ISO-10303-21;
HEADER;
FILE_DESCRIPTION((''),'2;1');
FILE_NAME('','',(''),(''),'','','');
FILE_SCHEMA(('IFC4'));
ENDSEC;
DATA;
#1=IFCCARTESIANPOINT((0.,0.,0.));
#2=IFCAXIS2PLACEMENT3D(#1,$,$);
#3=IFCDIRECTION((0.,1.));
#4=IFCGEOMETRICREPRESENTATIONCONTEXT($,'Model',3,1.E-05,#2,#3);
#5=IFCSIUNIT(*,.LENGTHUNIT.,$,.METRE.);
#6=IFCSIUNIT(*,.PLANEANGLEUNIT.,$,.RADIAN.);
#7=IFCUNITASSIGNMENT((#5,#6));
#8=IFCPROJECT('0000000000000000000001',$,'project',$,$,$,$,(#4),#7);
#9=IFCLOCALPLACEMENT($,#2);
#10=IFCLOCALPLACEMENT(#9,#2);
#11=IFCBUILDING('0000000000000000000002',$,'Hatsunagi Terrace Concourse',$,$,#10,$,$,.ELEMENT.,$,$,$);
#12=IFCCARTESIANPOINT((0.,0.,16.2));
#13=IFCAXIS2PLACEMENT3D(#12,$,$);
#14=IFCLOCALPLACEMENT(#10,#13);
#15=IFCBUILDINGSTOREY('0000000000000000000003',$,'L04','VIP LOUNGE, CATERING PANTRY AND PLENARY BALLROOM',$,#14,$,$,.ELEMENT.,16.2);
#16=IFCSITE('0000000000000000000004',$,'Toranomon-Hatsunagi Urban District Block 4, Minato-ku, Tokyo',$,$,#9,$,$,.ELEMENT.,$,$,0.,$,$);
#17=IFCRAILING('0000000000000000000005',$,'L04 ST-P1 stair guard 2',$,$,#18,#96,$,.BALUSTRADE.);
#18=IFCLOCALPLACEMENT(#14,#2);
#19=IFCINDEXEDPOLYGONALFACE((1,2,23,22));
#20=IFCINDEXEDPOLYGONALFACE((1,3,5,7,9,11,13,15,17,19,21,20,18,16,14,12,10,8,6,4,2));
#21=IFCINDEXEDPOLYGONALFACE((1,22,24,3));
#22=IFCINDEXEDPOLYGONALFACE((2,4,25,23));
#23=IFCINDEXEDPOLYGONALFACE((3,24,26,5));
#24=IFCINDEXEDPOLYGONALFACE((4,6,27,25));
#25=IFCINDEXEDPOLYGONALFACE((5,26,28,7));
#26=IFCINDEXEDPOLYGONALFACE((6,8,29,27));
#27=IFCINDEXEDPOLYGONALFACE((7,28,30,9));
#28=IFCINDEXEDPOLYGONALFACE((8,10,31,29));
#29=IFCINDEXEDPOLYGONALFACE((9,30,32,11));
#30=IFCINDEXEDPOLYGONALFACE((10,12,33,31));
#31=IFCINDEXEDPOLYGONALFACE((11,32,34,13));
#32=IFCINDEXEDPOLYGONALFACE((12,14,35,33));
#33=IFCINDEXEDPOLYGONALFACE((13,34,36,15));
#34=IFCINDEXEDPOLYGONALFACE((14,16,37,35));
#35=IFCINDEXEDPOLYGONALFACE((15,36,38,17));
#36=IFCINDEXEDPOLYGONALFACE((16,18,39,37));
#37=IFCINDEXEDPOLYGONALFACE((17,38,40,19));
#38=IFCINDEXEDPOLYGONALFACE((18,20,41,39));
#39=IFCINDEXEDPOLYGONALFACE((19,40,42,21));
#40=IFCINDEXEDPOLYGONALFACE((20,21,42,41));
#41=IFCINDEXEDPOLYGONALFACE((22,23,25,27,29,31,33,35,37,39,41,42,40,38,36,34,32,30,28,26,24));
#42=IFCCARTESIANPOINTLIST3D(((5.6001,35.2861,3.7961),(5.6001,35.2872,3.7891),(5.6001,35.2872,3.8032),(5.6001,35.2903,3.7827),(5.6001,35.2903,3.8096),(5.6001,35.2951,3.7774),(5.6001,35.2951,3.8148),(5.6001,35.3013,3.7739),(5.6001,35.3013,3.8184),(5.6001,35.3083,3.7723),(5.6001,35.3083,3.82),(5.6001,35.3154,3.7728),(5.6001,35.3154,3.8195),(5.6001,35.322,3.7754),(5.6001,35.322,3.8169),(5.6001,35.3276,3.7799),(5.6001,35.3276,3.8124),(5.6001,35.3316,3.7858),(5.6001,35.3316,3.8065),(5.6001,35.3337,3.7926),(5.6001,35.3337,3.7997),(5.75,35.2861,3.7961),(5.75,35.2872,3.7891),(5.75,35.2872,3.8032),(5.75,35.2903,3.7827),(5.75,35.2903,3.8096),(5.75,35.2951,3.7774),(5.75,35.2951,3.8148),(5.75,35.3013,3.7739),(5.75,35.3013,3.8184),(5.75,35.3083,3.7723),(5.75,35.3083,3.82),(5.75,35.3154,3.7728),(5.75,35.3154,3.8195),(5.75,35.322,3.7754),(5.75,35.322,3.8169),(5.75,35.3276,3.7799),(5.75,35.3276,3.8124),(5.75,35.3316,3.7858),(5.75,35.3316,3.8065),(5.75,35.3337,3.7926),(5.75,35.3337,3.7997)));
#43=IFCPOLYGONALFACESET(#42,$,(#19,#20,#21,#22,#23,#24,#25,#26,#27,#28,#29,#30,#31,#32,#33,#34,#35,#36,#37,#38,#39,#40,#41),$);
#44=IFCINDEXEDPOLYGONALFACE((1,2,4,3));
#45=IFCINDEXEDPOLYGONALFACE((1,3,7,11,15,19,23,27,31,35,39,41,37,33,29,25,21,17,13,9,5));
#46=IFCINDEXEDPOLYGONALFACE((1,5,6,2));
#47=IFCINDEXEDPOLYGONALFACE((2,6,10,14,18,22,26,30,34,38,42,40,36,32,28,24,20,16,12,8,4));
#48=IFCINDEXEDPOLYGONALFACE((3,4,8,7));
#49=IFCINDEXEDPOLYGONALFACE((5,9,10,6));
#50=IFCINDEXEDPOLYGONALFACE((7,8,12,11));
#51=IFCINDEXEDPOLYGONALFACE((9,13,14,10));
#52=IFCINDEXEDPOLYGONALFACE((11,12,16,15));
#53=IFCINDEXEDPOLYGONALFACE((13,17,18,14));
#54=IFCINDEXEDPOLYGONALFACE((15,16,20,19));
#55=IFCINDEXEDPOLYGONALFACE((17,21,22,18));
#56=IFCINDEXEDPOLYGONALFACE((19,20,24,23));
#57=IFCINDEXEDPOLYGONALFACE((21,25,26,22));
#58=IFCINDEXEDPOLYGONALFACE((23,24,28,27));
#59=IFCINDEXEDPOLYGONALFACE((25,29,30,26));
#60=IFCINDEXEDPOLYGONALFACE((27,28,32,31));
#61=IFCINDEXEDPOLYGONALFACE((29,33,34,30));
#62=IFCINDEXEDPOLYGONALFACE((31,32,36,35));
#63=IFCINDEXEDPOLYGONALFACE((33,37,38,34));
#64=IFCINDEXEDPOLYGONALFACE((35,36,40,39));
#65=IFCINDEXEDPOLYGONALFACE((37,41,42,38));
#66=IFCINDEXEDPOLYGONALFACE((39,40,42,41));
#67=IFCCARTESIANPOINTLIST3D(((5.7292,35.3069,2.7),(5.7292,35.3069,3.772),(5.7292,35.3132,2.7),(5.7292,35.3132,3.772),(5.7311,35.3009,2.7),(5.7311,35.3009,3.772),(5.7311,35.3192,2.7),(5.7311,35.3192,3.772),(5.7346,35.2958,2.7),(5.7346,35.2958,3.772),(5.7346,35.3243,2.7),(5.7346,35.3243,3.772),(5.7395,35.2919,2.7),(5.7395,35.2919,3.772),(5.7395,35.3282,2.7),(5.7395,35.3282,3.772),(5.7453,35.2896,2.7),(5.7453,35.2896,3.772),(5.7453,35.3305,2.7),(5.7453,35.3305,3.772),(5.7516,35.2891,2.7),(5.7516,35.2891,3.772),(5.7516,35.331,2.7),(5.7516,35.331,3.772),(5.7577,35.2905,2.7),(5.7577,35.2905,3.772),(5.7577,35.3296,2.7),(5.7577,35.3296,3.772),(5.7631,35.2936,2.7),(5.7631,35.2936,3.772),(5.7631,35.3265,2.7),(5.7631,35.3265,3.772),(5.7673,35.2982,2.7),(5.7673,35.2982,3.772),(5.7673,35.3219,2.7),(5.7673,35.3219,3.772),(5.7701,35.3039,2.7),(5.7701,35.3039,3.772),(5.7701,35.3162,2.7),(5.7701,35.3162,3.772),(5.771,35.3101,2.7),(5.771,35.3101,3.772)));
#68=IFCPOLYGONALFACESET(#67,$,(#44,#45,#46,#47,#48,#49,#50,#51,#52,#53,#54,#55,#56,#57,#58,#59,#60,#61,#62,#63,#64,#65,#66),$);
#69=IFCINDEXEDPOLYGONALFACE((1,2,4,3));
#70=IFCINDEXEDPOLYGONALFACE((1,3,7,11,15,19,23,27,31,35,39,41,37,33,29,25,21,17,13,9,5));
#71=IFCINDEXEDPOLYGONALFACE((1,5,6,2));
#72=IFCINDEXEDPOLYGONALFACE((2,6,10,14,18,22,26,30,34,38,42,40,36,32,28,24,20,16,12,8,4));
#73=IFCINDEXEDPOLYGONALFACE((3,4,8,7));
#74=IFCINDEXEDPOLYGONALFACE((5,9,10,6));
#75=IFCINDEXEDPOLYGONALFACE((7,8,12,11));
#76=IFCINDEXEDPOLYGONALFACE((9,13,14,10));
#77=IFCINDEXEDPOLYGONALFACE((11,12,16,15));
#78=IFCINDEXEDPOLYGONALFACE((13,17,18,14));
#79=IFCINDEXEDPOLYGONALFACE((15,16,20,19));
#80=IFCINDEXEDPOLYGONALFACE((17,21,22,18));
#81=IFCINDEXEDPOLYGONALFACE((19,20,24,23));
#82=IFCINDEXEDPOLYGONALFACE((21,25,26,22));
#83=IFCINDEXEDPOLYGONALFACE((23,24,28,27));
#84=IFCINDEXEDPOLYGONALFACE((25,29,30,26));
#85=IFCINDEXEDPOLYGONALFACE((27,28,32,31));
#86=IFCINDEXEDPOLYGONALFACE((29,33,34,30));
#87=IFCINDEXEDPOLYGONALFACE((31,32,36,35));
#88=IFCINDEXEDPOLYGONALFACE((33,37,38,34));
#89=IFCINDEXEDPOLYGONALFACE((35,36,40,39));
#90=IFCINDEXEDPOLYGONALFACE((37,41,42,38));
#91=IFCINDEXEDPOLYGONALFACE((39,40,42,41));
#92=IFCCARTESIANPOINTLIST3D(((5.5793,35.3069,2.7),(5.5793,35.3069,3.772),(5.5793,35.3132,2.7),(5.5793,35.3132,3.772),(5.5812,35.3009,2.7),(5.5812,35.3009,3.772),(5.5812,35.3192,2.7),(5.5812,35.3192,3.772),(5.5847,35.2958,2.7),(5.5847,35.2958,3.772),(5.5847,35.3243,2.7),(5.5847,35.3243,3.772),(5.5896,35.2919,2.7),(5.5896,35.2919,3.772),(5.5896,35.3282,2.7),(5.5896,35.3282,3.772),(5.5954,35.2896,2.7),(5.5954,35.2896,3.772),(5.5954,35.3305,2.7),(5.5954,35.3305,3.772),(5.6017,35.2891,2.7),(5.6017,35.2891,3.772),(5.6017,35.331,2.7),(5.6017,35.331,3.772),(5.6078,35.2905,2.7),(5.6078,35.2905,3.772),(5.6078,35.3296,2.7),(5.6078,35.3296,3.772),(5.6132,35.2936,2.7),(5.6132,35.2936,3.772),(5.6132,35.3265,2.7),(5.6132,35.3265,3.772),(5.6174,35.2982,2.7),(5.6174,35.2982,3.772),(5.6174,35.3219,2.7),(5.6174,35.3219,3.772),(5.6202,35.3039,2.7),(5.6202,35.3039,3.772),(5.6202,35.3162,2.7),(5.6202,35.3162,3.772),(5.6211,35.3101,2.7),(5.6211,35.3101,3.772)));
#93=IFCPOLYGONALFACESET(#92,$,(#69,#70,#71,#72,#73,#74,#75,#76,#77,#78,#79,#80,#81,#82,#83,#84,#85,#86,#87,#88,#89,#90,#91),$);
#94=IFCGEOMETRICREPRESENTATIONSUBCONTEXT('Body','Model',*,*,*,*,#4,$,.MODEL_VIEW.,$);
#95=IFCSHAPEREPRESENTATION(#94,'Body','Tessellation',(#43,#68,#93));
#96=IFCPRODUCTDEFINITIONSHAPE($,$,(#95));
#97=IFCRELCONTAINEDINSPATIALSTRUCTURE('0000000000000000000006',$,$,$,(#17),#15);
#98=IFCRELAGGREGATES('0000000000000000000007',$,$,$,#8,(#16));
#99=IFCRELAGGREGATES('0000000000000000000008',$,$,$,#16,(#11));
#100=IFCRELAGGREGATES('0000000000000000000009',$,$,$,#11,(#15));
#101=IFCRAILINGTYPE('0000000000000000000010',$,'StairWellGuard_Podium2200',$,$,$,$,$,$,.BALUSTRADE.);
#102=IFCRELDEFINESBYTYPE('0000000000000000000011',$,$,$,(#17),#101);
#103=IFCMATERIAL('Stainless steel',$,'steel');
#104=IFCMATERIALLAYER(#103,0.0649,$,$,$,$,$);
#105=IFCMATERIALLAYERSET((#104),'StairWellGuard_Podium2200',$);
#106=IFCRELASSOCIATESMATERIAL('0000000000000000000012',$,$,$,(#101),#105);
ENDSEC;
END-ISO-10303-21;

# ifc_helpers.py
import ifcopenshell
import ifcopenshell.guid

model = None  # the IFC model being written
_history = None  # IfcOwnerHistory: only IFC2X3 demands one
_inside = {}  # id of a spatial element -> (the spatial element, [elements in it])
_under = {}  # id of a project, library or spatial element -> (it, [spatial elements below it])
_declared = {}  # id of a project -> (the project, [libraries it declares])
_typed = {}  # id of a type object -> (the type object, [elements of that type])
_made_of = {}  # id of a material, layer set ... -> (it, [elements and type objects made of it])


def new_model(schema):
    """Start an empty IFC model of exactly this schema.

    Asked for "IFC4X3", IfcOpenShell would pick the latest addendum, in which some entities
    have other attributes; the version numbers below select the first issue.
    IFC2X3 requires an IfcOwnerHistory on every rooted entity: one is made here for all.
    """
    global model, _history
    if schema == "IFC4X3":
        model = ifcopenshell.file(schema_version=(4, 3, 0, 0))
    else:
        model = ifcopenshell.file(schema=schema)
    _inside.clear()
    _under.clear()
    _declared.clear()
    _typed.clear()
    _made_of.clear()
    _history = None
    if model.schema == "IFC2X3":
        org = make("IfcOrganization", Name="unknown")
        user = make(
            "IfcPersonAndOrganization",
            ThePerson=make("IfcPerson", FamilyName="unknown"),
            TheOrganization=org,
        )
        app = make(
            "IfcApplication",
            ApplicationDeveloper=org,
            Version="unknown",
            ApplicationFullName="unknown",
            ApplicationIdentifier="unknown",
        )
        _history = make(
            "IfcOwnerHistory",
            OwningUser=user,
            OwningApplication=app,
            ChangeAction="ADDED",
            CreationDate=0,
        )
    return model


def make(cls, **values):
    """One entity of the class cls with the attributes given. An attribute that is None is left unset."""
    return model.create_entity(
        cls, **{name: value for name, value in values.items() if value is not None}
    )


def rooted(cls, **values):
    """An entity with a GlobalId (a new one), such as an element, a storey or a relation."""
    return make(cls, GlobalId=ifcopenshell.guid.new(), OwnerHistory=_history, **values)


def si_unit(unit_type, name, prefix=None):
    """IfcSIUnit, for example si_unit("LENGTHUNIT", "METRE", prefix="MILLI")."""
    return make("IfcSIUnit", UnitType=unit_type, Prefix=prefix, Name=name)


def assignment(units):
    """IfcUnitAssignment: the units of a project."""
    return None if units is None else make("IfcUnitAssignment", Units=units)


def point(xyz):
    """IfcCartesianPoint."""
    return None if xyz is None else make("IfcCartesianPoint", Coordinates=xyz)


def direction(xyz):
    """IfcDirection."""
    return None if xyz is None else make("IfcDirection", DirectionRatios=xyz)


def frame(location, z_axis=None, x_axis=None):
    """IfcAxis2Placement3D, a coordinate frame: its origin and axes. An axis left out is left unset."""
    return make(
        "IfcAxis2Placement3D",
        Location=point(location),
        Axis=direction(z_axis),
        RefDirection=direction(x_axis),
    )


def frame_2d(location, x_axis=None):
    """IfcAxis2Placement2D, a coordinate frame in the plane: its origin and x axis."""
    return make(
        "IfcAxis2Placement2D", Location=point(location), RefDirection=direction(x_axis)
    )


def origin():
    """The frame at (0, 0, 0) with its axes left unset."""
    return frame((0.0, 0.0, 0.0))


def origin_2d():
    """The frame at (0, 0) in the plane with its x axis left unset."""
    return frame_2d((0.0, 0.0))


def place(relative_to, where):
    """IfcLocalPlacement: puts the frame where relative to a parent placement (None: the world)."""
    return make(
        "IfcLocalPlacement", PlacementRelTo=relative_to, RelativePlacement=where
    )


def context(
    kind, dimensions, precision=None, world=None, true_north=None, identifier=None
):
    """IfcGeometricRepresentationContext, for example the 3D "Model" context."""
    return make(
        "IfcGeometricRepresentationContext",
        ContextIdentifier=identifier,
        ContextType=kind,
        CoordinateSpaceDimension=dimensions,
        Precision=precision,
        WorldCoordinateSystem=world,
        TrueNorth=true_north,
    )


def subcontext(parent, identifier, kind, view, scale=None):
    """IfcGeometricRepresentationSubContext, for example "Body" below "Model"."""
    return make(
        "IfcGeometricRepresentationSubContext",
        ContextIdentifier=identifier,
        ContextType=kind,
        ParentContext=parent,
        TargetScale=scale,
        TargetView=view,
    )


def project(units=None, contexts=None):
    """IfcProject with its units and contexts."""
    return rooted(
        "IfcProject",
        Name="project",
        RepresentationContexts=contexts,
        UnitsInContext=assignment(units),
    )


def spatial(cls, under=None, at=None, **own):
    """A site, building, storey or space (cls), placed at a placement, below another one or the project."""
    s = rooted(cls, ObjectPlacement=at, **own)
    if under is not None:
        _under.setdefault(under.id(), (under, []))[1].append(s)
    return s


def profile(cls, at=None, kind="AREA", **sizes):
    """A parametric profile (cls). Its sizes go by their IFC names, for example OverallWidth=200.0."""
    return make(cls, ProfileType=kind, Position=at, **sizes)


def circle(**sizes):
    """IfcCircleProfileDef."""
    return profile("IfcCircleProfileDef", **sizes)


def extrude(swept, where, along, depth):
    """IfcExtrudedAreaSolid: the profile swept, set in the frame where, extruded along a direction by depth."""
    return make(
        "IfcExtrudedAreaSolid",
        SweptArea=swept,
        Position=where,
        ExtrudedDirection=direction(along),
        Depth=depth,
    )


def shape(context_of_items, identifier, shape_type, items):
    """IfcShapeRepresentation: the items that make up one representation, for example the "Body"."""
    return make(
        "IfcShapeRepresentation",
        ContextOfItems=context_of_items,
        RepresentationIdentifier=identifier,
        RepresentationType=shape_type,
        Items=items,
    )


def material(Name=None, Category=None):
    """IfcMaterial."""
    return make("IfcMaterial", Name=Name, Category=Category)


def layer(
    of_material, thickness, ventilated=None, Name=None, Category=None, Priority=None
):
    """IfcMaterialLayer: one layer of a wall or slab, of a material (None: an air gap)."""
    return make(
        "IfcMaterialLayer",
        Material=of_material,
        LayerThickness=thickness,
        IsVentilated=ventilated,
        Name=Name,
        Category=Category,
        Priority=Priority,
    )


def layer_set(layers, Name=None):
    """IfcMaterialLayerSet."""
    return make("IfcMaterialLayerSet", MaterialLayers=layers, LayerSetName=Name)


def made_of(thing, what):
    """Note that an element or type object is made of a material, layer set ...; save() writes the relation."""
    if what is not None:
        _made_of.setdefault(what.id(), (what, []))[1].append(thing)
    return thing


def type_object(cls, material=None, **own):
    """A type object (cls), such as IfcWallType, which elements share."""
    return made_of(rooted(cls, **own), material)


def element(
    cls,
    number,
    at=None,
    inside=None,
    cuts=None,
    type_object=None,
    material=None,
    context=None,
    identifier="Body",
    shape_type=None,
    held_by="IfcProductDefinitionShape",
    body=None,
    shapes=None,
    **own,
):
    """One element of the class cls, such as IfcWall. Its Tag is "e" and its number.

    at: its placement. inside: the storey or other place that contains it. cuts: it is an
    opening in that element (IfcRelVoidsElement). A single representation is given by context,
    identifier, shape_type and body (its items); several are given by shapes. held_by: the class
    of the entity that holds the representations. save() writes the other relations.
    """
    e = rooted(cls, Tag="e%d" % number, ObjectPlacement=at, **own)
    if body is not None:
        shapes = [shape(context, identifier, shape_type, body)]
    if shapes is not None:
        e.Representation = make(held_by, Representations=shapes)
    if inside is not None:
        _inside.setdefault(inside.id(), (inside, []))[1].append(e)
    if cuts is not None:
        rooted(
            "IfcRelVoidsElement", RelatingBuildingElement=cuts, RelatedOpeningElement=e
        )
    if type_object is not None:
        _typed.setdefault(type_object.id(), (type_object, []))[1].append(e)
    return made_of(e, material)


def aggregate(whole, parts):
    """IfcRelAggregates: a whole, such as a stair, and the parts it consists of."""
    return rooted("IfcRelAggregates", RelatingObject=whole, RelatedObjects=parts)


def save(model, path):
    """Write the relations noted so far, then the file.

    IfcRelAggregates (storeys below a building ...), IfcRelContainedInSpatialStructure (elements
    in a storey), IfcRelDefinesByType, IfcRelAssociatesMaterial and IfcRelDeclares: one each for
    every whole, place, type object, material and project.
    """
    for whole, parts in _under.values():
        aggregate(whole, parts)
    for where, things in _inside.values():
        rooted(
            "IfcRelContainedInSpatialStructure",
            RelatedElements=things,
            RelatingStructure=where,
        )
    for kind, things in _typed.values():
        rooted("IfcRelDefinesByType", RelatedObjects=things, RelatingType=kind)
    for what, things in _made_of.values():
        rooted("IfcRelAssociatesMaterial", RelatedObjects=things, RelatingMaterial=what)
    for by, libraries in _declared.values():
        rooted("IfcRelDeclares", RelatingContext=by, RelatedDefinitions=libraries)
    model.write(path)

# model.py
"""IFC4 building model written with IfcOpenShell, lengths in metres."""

from ifc_helpers import new_model, si_unit, direction, frame, origin, origin_2d, place, context, subcontext, project, spatial, circle, extrude, material, layer, layer_set, type_object, element, save


model = new_model("IFC4")

# Units and contexts
model_context = context("Model", 3, precision=1e-05, world=origin(), true_north=direction((0.0, 1.0)))
body_context = subcontext(model_context, "Body", "Model", "MODEL_VIEW")
ifc_project = project(units=[si_unit("LENGTHUNIT", "METRE"), si_unit("PLANEANGLEUNIT", "RADIAN")], contexts=[model_context])

# Site, building, storey
site_placement = place(None, origin())
site = spatial("IfcSite", under=ifc_project, at=site_placement, Name="Toranomon-Hatsunagi Urban District Block 4, Minato-ku, Tokyo", CompositionType="ELEMENT", RefElevation=0.0)
building_placement = place(site_placement, origin())
building = spatial("IfcBuilding", under=site, at=building_placement, Name="Hatsunagi Terrace Concourse", CompositionType="ELEMENT")
storey_placement = place(building_placement, frame((0.0, 0.0, 16.2)))
storey = spatial("IfcBuildingStorey", under=building, at=storey_placement, Name="L04", Description="VIP LOUNGE, CATERING PANTRY AND PLENARY BALLROOM", CompositionType="ELEMENT", Elevation=16.2)

# Railing
ifc_material_1 = material(Name="Stainless steel", Category="steel")
ifc_layer_1 = layer(ifc_material_1, 0.0649)
ifc_layer_set_1 = layer_set([ifc_layer_1], Name="StairWellGuard_Podium2200")
railing_type_1 = type_object("IfcRailingType", Name="StairWellGuard_Podium2200", PredefinedType="BALUSTRADE", material=ifc_layer_set_1)
railing_1_placement = place(storey_placement, frame((5.75, 35.3101, 2.7)))
element("IfcRailing", 1, at=railing_1_placement, inside=storey, type_object=railing_type_1, Name="L04 ST-P1 stair guard 2", PredefinedType="BALUSTRADE", context=body_context, shape_type="SweptSolid", body=[
    extrude(circle(Radius=0.0239, at=origin_2d()), frame((0.0, 0.0, 1.0962), z_axis=(-1.0, 0.0, 0.0), x_axis=(0.0, -1.0, 0.0)), (0.0, 0.0, 1.0), 0.1499),
    extrude(circle(Radius=0.021, at=origin_2d()), origin(), (0.0, 0.0, 1.0), 1.072),
    extrude(circle(Radius=0.021, at=origin_2d()), frame((-0.1499, 0.0, 0.0)), (0.0, 0.0, 1.0), 1.072),
])

save(model, "model.ifc")
